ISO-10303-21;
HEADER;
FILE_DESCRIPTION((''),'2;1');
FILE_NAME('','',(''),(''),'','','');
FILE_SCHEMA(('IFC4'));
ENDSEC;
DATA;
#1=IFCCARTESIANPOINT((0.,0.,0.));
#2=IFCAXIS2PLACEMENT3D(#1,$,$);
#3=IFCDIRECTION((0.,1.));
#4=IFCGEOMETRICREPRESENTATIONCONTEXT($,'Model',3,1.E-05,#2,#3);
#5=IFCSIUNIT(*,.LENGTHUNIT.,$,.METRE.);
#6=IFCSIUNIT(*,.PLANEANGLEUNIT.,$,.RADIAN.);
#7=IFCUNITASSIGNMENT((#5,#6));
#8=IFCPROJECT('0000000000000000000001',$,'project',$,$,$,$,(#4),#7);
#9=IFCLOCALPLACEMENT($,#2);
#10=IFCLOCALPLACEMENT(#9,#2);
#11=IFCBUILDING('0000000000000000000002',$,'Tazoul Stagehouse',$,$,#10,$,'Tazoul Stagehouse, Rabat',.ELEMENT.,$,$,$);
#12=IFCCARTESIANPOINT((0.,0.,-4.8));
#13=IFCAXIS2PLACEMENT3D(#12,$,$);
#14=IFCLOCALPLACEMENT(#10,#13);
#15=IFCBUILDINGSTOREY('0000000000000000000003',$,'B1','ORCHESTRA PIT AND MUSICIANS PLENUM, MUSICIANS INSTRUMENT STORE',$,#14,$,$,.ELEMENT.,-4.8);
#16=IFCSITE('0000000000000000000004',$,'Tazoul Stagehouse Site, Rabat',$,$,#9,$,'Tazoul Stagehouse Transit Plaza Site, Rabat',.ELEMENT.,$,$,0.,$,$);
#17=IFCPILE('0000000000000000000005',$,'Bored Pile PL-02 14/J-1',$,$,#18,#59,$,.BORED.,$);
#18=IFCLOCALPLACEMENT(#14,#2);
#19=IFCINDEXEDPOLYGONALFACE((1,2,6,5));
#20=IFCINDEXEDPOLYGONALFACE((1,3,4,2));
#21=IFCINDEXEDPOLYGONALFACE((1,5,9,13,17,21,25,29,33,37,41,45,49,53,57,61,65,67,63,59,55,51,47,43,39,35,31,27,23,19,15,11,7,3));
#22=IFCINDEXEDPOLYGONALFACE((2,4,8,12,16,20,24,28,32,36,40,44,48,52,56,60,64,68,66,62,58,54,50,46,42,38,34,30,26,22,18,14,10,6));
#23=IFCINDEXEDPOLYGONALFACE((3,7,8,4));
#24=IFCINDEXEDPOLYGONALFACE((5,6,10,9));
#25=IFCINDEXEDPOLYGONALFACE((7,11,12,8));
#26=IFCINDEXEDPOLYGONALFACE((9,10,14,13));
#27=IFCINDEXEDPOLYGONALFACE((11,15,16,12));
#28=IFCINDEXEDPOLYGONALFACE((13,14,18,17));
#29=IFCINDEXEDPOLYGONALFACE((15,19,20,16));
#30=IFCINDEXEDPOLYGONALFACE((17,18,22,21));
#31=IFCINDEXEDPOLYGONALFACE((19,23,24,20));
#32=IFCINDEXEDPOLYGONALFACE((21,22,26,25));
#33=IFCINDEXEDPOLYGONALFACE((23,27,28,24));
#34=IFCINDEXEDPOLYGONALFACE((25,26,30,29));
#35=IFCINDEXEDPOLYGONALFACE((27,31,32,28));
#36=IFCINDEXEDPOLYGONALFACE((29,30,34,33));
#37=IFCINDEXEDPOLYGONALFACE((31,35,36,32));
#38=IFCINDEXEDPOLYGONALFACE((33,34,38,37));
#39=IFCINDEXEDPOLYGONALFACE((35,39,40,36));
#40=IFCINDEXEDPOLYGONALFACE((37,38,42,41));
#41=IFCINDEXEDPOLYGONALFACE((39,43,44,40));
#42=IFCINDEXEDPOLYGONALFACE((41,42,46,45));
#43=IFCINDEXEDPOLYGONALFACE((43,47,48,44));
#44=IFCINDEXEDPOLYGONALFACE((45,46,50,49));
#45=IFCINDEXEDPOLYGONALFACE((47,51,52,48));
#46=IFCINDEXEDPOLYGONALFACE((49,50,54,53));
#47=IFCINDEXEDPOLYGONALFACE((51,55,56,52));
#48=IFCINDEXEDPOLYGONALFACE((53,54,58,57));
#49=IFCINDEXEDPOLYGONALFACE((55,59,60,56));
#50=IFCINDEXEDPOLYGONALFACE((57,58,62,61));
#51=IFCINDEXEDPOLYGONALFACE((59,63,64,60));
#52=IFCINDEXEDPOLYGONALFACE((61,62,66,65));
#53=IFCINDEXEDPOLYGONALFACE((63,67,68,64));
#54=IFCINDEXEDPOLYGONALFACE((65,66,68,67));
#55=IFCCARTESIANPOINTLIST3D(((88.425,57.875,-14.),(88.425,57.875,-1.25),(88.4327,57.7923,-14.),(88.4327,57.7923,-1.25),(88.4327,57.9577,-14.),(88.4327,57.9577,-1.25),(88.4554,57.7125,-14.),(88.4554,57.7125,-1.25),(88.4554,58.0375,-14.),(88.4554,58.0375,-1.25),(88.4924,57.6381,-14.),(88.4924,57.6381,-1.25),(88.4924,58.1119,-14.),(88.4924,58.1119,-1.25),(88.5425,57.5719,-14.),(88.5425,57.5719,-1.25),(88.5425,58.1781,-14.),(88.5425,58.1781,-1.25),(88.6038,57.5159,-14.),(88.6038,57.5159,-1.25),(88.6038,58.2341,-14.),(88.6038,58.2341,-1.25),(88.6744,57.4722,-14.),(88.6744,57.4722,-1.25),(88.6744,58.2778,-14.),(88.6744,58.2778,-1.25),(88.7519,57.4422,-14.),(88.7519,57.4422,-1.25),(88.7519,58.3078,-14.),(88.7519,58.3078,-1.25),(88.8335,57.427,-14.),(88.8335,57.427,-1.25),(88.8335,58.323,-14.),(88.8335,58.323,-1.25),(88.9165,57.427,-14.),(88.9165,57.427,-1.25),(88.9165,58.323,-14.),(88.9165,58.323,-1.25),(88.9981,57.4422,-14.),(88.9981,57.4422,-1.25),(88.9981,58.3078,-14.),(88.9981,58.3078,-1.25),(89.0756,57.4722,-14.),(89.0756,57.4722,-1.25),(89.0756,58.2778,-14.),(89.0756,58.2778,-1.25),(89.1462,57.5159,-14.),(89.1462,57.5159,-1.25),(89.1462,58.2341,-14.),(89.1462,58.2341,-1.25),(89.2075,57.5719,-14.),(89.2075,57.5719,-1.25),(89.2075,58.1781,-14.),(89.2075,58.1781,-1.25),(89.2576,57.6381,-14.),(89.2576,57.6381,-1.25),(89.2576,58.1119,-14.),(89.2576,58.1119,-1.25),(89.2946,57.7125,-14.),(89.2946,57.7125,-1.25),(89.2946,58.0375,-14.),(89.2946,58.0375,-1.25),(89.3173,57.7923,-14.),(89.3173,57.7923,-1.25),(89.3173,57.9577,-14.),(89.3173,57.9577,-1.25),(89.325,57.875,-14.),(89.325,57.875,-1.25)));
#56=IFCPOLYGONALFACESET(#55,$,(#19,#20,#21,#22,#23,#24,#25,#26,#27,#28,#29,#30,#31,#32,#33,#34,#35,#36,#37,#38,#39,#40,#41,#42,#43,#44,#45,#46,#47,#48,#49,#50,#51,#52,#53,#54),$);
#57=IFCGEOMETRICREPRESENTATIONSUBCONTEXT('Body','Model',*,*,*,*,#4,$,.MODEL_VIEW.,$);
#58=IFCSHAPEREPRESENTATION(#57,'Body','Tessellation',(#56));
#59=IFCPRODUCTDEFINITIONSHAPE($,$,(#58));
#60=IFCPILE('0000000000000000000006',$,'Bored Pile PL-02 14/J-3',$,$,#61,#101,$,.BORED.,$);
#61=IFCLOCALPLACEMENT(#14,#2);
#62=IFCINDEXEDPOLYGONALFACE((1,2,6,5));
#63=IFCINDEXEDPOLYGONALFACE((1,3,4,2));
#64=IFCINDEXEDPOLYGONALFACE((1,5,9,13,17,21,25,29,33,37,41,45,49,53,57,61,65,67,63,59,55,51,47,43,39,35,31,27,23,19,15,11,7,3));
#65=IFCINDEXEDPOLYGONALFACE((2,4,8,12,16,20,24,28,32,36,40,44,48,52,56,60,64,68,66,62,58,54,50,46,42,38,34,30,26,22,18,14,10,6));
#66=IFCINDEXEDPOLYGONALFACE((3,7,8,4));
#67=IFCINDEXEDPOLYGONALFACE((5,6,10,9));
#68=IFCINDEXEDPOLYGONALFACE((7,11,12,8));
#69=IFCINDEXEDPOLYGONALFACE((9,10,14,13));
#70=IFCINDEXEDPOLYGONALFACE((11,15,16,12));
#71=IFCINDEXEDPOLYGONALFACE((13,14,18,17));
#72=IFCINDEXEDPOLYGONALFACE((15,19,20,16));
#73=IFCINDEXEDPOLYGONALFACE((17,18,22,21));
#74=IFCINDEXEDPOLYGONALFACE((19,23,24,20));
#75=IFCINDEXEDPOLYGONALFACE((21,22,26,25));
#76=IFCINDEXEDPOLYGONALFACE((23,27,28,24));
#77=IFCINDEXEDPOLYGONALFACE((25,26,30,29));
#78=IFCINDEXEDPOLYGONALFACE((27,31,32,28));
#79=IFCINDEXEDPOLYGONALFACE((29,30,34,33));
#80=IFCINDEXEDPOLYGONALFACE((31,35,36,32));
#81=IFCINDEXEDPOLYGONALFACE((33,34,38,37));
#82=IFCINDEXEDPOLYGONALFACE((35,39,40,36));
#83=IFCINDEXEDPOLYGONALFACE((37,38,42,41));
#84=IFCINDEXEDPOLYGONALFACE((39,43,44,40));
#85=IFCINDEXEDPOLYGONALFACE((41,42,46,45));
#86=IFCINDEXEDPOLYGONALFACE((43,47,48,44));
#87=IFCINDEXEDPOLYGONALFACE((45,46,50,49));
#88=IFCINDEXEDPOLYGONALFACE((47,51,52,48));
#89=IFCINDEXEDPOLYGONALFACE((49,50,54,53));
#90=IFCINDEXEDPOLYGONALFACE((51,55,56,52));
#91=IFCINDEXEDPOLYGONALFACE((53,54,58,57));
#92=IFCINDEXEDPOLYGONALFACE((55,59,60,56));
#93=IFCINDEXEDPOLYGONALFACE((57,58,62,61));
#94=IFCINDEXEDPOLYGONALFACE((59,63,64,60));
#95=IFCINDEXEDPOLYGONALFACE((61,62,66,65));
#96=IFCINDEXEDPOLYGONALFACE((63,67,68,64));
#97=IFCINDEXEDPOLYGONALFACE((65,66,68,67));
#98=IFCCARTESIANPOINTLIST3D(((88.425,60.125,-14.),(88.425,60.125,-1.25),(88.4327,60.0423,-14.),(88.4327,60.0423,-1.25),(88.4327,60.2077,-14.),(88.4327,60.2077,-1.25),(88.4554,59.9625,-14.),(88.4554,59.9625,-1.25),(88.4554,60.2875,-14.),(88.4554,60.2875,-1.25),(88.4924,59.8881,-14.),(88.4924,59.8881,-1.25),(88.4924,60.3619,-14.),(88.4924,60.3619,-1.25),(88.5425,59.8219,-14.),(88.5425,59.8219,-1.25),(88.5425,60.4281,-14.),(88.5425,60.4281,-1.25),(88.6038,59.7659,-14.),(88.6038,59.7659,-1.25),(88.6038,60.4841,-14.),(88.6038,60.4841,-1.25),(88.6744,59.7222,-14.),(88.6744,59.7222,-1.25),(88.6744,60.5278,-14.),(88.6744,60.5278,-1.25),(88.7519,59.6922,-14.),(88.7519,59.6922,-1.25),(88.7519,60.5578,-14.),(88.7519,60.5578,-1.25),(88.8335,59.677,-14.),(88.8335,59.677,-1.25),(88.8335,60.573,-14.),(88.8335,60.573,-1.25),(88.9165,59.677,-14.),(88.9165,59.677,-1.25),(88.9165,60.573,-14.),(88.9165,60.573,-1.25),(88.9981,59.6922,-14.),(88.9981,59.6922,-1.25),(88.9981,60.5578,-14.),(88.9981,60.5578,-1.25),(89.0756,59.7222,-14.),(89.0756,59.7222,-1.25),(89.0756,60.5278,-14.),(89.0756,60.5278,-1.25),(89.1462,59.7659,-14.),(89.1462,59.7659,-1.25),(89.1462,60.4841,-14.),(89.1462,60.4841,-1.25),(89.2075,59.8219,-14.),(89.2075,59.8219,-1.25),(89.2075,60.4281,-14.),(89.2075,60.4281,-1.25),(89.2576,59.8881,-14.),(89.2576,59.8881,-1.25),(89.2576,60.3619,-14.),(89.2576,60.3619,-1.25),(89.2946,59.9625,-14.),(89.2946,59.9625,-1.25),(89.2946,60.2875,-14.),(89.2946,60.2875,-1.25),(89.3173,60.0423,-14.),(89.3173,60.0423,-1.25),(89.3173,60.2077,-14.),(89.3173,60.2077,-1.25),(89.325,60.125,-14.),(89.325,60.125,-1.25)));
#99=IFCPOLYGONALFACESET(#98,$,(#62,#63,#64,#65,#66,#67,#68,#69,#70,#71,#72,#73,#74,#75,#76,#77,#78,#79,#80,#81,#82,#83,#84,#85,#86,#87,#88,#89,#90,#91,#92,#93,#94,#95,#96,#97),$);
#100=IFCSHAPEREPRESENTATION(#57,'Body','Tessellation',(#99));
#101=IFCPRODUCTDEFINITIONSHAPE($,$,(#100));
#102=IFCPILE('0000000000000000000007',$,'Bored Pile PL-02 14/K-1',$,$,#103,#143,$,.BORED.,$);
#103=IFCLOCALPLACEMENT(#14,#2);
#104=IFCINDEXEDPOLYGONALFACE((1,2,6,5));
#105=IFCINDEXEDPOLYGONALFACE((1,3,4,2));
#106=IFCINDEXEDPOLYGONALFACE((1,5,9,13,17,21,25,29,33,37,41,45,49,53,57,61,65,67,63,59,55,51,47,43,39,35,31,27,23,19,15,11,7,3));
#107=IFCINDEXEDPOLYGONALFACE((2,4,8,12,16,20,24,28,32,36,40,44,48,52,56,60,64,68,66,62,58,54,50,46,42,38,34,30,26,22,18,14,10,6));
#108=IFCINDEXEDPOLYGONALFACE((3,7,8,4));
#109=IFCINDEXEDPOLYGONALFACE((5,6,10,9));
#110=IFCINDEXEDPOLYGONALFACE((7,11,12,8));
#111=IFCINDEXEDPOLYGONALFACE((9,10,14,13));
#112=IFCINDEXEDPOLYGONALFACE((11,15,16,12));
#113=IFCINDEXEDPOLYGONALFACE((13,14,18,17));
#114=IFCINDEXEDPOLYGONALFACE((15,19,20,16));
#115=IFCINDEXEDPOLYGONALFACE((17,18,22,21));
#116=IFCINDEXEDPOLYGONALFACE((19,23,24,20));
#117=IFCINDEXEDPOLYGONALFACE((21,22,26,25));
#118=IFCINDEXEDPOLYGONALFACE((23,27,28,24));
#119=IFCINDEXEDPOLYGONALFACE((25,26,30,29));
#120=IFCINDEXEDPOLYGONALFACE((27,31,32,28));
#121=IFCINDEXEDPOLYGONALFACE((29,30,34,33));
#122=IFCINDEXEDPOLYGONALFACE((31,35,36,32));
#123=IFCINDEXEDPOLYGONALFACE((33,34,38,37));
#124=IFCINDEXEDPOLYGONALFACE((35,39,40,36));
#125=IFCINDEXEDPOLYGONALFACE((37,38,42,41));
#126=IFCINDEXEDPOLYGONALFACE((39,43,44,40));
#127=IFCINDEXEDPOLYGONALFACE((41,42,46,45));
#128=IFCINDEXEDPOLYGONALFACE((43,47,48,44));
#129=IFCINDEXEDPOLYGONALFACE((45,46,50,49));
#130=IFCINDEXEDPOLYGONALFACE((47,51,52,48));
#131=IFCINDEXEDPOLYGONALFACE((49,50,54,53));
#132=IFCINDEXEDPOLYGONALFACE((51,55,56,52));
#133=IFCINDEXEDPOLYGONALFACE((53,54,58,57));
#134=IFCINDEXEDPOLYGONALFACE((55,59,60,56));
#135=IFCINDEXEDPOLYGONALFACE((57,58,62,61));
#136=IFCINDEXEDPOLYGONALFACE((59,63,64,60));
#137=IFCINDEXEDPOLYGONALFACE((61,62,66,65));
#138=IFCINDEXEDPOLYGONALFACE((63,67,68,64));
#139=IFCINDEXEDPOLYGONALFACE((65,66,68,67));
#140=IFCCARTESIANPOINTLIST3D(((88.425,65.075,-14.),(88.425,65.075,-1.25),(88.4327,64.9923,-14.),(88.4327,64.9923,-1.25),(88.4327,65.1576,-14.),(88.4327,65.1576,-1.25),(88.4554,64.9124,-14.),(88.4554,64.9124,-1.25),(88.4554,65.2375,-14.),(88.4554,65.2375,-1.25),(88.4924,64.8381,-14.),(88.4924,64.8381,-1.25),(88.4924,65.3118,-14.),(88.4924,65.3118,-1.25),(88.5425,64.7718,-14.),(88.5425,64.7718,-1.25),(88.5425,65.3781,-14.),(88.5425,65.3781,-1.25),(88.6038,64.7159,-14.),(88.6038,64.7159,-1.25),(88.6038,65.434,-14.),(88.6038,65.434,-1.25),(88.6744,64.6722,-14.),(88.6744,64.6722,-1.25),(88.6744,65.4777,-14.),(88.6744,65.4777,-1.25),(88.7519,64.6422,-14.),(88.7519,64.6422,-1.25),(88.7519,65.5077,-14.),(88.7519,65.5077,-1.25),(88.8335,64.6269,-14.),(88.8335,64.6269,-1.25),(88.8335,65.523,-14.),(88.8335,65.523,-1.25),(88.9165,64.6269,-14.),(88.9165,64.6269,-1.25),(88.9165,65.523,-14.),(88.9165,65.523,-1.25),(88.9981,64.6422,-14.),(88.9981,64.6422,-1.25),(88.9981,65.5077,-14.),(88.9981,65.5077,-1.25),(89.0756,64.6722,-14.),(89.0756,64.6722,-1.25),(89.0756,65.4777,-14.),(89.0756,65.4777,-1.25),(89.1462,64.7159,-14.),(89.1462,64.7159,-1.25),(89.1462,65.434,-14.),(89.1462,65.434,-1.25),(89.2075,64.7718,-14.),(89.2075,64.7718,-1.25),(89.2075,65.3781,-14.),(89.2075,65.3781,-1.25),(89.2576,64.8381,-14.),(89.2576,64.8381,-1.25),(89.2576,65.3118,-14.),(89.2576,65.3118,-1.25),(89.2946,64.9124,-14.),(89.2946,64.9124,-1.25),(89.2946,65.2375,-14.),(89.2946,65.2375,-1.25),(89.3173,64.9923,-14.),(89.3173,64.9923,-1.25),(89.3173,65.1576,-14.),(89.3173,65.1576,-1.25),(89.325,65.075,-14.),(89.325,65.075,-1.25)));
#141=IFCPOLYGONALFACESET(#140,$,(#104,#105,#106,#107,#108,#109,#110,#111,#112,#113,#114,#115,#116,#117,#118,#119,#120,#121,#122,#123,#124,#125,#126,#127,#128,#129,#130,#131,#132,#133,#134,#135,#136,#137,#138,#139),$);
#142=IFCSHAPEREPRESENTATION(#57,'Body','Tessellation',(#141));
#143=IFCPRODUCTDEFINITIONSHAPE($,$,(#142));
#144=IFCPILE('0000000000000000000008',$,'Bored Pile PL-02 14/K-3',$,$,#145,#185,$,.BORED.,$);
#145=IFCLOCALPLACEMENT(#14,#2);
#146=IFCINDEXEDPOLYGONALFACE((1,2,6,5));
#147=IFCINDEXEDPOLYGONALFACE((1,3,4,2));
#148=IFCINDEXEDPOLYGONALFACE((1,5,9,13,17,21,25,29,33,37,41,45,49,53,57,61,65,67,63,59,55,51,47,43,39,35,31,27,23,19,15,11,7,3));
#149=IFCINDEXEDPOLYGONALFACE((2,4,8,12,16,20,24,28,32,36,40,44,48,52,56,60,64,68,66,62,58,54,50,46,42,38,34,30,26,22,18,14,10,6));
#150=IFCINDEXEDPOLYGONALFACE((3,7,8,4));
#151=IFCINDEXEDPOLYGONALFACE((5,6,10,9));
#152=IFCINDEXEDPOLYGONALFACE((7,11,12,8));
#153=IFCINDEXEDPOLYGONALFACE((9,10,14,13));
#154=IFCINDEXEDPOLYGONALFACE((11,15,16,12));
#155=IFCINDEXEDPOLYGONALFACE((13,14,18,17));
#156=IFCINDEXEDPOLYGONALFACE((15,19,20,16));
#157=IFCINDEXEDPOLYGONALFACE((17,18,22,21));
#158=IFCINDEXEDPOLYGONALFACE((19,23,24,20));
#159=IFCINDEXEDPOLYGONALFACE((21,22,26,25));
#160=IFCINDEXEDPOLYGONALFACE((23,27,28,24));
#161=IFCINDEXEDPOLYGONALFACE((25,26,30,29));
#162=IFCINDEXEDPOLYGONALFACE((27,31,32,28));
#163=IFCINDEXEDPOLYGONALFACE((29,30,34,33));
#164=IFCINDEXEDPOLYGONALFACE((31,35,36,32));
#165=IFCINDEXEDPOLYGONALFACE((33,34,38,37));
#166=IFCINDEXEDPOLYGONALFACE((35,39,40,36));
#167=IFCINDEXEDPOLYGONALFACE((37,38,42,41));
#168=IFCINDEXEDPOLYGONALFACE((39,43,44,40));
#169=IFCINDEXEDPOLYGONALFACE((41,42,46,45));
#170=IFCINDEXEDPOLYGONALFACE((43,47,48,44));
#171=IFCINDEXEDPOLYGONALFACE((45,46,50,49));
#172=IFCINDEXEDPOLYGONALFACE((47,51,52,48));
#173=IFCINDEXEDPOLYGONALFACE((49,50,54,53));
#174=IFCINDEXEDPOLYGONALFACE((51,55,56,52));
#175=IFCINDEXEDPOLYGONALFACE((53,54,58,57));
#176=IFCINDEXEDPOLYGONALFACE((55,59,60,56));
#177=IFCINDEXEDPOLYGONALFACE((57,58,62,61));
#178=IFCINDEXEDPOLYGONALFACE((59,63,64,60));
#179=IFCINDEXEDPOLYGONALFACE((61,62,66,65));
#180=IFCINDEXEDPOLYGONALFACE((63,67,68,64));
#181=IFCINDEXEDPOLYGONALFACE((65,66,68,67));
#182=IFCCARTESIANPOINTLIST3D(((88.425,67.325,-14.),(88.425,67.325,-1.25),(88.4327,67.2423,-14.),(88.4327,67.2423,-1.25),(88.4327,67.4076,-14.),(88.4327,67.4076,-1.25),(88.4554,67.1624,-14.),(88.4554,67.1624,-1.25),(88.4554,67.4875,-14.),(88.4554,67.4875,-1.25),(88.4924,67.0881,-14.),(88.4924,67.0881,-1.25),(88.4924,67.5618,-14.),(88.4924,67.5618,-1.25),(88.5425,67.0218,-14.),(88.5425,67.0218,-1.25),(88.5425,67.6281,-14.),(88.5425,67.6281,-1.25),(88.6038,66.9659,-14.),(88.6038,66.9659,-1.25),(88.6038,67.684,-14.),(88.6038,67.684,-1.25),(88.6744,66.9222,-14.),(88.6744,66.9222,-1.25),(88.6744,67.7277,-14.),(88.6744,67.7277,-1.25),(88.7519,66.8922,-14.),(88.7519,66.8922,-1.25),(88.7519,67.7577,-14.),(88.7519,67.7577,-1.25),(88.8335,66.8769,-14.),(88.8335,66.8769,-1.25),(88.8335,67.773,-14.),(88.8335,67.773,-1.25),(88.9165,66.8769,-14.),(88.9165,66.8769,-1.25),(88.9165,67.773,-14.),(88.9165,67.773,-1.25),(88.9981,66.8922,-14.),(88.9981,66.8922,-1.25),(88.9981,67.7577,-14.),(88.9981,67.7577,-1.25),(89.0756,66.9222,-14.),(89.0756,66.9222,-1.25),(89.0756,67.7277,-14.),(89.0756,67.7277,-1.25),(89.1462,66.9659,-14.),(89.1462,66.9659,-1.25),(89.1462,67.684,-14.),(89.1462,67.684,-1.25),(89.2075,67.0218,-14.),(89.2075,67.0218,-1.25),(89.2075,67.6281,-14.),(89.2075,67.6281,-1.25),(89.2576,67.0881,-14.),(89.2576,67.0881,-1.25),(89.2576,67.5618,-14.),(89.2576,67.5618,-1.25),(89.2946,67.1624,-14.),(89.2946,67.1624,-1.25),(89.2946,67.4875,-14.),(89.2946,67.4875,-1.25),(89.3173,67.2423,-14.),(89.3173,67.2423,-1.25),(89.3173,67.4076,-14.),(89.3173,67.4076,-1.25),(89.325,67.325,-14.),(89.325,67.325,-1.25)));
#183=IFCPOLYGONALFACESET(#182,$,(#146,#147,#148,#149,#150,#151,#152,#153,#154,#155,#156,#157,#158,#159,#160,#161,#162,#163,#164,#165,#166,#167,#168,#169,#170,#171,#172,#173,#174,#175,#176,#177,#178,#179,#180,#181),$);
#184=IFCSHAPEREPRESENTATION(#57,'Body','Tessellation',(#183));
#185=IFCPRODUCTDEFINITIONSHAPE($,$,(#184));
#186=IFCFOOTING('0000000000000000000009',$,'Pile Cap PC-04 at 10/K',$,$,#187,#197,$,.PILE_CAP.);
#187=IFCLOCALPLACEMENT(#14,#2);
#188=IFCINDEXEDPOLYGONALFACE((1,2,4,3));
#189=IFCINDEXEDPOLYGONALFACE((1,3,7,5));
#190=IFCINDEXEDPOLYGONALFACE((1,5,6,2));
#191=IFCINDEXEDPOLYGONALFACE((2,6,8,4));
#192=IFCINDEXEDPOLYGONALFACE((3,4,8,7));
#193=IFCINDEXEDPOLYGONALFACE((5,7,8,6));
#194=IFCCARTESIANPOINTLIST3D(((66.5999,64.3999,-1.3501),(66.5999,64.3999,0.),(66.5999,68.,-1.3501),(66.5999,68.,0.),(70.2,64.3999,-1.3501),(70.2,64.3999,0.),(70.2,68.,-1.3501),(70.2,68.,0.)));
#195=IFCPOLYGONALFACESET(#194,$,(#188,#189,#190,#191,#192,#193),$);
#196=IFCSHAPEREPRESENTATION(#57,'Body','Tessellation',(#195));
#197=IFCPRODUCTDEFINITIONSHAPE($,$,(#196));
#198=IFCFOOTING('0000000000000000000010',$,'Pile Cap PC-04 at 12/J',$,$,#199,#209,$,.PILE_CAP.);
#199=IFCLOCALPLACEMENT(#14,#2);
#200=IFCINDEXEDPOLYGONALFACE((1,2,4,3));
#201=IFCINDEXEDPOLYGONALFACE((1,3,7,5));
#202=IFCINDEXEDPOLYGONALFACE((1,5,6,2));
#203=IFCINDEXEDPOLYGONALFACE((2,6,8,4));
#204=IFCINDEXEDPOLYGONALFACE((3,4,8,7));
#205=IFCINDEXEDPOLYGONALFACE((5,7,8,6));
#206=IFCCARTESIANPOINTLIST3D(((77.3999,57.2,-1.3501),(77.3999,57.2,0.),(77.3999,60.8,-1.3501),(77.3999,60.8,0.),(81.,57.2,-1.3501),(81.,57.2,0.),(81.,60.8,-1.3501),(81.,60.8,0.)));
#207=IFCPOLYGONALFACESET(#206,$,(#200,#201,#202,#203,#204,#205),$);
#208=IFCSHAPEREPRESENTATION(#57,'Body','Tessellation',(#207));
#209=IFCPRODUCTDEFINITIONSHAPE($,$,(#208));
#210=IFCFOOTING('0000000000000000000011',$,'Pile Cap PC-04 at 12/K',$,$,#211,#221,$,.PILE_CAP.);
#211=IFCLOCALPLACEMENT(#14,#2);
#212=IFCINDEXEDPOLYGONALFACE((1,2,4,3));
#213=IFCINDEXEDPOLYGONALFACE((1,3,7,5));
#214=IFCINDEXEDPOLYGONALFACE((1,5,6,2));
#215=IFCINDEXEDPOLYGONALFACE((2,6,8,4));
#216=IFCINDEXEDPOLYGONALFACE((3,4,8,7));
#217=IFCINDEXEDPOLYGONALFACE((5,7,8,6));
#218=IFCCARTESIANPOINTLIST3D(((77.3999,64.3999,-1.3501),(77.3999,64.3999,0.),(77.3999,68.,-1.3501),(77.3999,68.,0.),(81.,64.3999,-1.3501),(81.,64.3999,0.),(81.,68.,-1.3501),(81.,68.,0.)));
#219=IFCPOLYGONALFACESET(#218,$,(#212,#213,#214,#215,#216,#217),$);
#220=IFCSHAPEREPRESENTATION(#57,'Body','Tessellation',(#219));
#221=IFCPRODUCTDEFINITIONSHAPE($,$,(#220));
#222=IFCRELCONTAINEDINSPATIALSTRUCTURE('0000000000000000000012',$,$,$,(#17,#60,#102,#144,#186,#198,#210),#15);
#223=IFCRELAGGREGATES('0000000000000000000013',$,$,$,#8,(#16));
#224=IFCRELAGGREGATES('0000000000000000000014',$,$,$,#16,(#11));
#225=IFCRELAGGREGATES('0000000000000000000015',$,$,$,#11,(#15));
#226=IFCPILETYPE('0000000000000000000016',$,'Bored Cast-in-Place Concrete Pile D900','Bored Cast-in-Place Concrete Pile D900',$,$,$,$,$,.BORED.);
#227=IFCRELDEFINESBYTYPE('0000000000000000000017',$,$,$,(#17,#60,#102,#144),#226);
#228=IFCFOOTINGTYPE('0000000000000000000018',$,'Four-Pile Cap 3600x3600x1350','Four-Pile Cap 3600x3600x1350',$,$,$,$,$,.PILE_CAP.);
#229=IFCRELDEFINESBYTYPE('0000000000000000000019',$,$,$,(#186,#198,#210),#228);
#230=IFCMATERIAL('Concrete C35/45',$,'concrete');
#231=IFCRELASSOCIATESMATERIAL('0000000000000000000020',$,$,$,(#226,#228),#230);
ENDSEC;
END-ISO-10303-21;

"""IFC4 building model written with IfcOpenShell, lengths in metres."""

from ifc_helpers import new_model, si_unit, direction, frame, origin, origin_2d, place, context, subcontext, project, spatial, rectangle, circle, extrude, material, material_profile, profile_set, type_object, element, save


model = new_model("IFC4")

# Units and contexts
model_context = context("Model", 3, precision=1e-05, world=origin(), true_north=direction((0.0, 1.0)))
body_context = subcontext(model_context, "Body", "Model", "MODEL_VIEW")
ifc_project = project(units=[si_unit("LENGTHUNIT", "METRE"), si_unit("PLANEANGLEUNIT", "RADIAN")], contexts=[model_context])

# Site, building, storey
site_placement = place(None, origin())
site = spatial("IfcSite", under=ifc_project, at=site_placement, Name="Tazoul Stagehouse Site, Rabat", LongName="Tazoul Stagehouse Transit Plaza Site, Rabat", CompositionType="ELEMENT", RefElevation=0.0)
building_placement = place(site_placement, origin())
building = spatial("IfcBuilding", under=site, at=building_placement, Name="Tazoul Stagehouse", LongName="Tazoul Stagehouse, Rabat", CompositionType="ELEMENT")
storey_placement = place(building_placement, frame((0.0, 0.0, -4.8)))
storey = spatial("IfcBuildingStorey", under=building, at=storey_placement, Name="B1", Description="ORCHESTRA PIT AND MUSICIANS PLENUM, MUSICIANS INSTRUMENT STORE", CompositionType="ELEMENT", Elevation=-4.8)

# Piles
ifc_material_1 = material(Name="Concrete C35/45", Category="concrete")
ifc_material_profile_1 = material_profile(ifc_material_1, circle(Radius=0.45, at=origin_2d()), Name="BORED PILE 900")
ifc_profile_set_1 = profile_set([ifc_material_profile_1], Name="Concrete C35/45")
pile_type = type_object("IfcPileType", Name="Bored Cast-in-Place Concrete Pile D900", Description="Bored Cast-in-Place Concrete Pile D900", PredefinedType="BORED", material=ifc_profile_set_1)
for number, where, z_axis, x_axis, name in (
    (1, (88.875, 57.875, -1.25), (0.0, 0.0, -1.0), (1.0, 0.0, 0.0), "Bored Pile PL-02 14/J-1"),
    (2, (88.875, 60.125, -1.25), (0.0, 0.0, -1.0), (1.0, 0.0, 0.0), "Bored Pile PL-02 14/J-3"),
    (3, (88.875, 65.075, -1.25), (0.0, 0.0, -1.0), (1.0, 0.0, 0.0), "Bored Pile PL-02 14/K-1"),
    (4, (88.875, 67.325, -1.25), (0.0, 0.0, -1.0), (1.0, 0.0, 0.0), "Bored Pile PL-02 14/K-3"),
):
    element("IfcPile", number, at=place(storey_placement, frame(where, z_axis=z_axis, x_axis=x_axis)), inside=storey, type_object=pile_type, Name=name, PredefinedType="BORED", context=body_context, shape_type="SweptSolid", body=[
        extrude(circle(Radius=0.45, at=origin_2d()), origin(), (0.0, 0.0, 1.0), 12.75),
    ])

# Footings
footing_type_1 = type_object("IfcFootingType", Name="Four-Pile Cap 3600x3600x1350", Description="Four-Pile Cap 3600x3600x1350", PredefinedType="PILE_CAP", material=ifc_material_1)
for number, where, z_axis, x_axis, name in (
    (5, (68.3999, 66.2, -1.3501), (0.0, 0.0, 1.0), (1.0, 0.0, 0.0), "Pile Cap PC-04 at 10/K"),
    (6, (79.2, 59.0, -1.3501), (0.0, 0.0, 1.0), (1.0, 0.0, 0.0), "Pile Cap PC-04 at 12/J"),
    (7, (79.2, 66.2, -1.3501), (0.0, 0.0, 1.0), (1.0, 0.0, 0.0), "Pile Cap PC-04 at 12/K"),
):
    element("IfcFooting", number, at=place(storey_placement, frame(where, z_axis=z_axis, x_axis=x_axis)), inside=storey, type_object=footing_type_1, Name=name, PredefinedType="PILE_CAP", context=body_context, shape_type="SweptSolid", body=[
        extrude(rectangle(XDim=3.6001, YDim=3.6001, at=origin_2d()), origin(), (0.0, 0.0, 1.0), 1.3501),
    ])

save(model, "model.ifc")
